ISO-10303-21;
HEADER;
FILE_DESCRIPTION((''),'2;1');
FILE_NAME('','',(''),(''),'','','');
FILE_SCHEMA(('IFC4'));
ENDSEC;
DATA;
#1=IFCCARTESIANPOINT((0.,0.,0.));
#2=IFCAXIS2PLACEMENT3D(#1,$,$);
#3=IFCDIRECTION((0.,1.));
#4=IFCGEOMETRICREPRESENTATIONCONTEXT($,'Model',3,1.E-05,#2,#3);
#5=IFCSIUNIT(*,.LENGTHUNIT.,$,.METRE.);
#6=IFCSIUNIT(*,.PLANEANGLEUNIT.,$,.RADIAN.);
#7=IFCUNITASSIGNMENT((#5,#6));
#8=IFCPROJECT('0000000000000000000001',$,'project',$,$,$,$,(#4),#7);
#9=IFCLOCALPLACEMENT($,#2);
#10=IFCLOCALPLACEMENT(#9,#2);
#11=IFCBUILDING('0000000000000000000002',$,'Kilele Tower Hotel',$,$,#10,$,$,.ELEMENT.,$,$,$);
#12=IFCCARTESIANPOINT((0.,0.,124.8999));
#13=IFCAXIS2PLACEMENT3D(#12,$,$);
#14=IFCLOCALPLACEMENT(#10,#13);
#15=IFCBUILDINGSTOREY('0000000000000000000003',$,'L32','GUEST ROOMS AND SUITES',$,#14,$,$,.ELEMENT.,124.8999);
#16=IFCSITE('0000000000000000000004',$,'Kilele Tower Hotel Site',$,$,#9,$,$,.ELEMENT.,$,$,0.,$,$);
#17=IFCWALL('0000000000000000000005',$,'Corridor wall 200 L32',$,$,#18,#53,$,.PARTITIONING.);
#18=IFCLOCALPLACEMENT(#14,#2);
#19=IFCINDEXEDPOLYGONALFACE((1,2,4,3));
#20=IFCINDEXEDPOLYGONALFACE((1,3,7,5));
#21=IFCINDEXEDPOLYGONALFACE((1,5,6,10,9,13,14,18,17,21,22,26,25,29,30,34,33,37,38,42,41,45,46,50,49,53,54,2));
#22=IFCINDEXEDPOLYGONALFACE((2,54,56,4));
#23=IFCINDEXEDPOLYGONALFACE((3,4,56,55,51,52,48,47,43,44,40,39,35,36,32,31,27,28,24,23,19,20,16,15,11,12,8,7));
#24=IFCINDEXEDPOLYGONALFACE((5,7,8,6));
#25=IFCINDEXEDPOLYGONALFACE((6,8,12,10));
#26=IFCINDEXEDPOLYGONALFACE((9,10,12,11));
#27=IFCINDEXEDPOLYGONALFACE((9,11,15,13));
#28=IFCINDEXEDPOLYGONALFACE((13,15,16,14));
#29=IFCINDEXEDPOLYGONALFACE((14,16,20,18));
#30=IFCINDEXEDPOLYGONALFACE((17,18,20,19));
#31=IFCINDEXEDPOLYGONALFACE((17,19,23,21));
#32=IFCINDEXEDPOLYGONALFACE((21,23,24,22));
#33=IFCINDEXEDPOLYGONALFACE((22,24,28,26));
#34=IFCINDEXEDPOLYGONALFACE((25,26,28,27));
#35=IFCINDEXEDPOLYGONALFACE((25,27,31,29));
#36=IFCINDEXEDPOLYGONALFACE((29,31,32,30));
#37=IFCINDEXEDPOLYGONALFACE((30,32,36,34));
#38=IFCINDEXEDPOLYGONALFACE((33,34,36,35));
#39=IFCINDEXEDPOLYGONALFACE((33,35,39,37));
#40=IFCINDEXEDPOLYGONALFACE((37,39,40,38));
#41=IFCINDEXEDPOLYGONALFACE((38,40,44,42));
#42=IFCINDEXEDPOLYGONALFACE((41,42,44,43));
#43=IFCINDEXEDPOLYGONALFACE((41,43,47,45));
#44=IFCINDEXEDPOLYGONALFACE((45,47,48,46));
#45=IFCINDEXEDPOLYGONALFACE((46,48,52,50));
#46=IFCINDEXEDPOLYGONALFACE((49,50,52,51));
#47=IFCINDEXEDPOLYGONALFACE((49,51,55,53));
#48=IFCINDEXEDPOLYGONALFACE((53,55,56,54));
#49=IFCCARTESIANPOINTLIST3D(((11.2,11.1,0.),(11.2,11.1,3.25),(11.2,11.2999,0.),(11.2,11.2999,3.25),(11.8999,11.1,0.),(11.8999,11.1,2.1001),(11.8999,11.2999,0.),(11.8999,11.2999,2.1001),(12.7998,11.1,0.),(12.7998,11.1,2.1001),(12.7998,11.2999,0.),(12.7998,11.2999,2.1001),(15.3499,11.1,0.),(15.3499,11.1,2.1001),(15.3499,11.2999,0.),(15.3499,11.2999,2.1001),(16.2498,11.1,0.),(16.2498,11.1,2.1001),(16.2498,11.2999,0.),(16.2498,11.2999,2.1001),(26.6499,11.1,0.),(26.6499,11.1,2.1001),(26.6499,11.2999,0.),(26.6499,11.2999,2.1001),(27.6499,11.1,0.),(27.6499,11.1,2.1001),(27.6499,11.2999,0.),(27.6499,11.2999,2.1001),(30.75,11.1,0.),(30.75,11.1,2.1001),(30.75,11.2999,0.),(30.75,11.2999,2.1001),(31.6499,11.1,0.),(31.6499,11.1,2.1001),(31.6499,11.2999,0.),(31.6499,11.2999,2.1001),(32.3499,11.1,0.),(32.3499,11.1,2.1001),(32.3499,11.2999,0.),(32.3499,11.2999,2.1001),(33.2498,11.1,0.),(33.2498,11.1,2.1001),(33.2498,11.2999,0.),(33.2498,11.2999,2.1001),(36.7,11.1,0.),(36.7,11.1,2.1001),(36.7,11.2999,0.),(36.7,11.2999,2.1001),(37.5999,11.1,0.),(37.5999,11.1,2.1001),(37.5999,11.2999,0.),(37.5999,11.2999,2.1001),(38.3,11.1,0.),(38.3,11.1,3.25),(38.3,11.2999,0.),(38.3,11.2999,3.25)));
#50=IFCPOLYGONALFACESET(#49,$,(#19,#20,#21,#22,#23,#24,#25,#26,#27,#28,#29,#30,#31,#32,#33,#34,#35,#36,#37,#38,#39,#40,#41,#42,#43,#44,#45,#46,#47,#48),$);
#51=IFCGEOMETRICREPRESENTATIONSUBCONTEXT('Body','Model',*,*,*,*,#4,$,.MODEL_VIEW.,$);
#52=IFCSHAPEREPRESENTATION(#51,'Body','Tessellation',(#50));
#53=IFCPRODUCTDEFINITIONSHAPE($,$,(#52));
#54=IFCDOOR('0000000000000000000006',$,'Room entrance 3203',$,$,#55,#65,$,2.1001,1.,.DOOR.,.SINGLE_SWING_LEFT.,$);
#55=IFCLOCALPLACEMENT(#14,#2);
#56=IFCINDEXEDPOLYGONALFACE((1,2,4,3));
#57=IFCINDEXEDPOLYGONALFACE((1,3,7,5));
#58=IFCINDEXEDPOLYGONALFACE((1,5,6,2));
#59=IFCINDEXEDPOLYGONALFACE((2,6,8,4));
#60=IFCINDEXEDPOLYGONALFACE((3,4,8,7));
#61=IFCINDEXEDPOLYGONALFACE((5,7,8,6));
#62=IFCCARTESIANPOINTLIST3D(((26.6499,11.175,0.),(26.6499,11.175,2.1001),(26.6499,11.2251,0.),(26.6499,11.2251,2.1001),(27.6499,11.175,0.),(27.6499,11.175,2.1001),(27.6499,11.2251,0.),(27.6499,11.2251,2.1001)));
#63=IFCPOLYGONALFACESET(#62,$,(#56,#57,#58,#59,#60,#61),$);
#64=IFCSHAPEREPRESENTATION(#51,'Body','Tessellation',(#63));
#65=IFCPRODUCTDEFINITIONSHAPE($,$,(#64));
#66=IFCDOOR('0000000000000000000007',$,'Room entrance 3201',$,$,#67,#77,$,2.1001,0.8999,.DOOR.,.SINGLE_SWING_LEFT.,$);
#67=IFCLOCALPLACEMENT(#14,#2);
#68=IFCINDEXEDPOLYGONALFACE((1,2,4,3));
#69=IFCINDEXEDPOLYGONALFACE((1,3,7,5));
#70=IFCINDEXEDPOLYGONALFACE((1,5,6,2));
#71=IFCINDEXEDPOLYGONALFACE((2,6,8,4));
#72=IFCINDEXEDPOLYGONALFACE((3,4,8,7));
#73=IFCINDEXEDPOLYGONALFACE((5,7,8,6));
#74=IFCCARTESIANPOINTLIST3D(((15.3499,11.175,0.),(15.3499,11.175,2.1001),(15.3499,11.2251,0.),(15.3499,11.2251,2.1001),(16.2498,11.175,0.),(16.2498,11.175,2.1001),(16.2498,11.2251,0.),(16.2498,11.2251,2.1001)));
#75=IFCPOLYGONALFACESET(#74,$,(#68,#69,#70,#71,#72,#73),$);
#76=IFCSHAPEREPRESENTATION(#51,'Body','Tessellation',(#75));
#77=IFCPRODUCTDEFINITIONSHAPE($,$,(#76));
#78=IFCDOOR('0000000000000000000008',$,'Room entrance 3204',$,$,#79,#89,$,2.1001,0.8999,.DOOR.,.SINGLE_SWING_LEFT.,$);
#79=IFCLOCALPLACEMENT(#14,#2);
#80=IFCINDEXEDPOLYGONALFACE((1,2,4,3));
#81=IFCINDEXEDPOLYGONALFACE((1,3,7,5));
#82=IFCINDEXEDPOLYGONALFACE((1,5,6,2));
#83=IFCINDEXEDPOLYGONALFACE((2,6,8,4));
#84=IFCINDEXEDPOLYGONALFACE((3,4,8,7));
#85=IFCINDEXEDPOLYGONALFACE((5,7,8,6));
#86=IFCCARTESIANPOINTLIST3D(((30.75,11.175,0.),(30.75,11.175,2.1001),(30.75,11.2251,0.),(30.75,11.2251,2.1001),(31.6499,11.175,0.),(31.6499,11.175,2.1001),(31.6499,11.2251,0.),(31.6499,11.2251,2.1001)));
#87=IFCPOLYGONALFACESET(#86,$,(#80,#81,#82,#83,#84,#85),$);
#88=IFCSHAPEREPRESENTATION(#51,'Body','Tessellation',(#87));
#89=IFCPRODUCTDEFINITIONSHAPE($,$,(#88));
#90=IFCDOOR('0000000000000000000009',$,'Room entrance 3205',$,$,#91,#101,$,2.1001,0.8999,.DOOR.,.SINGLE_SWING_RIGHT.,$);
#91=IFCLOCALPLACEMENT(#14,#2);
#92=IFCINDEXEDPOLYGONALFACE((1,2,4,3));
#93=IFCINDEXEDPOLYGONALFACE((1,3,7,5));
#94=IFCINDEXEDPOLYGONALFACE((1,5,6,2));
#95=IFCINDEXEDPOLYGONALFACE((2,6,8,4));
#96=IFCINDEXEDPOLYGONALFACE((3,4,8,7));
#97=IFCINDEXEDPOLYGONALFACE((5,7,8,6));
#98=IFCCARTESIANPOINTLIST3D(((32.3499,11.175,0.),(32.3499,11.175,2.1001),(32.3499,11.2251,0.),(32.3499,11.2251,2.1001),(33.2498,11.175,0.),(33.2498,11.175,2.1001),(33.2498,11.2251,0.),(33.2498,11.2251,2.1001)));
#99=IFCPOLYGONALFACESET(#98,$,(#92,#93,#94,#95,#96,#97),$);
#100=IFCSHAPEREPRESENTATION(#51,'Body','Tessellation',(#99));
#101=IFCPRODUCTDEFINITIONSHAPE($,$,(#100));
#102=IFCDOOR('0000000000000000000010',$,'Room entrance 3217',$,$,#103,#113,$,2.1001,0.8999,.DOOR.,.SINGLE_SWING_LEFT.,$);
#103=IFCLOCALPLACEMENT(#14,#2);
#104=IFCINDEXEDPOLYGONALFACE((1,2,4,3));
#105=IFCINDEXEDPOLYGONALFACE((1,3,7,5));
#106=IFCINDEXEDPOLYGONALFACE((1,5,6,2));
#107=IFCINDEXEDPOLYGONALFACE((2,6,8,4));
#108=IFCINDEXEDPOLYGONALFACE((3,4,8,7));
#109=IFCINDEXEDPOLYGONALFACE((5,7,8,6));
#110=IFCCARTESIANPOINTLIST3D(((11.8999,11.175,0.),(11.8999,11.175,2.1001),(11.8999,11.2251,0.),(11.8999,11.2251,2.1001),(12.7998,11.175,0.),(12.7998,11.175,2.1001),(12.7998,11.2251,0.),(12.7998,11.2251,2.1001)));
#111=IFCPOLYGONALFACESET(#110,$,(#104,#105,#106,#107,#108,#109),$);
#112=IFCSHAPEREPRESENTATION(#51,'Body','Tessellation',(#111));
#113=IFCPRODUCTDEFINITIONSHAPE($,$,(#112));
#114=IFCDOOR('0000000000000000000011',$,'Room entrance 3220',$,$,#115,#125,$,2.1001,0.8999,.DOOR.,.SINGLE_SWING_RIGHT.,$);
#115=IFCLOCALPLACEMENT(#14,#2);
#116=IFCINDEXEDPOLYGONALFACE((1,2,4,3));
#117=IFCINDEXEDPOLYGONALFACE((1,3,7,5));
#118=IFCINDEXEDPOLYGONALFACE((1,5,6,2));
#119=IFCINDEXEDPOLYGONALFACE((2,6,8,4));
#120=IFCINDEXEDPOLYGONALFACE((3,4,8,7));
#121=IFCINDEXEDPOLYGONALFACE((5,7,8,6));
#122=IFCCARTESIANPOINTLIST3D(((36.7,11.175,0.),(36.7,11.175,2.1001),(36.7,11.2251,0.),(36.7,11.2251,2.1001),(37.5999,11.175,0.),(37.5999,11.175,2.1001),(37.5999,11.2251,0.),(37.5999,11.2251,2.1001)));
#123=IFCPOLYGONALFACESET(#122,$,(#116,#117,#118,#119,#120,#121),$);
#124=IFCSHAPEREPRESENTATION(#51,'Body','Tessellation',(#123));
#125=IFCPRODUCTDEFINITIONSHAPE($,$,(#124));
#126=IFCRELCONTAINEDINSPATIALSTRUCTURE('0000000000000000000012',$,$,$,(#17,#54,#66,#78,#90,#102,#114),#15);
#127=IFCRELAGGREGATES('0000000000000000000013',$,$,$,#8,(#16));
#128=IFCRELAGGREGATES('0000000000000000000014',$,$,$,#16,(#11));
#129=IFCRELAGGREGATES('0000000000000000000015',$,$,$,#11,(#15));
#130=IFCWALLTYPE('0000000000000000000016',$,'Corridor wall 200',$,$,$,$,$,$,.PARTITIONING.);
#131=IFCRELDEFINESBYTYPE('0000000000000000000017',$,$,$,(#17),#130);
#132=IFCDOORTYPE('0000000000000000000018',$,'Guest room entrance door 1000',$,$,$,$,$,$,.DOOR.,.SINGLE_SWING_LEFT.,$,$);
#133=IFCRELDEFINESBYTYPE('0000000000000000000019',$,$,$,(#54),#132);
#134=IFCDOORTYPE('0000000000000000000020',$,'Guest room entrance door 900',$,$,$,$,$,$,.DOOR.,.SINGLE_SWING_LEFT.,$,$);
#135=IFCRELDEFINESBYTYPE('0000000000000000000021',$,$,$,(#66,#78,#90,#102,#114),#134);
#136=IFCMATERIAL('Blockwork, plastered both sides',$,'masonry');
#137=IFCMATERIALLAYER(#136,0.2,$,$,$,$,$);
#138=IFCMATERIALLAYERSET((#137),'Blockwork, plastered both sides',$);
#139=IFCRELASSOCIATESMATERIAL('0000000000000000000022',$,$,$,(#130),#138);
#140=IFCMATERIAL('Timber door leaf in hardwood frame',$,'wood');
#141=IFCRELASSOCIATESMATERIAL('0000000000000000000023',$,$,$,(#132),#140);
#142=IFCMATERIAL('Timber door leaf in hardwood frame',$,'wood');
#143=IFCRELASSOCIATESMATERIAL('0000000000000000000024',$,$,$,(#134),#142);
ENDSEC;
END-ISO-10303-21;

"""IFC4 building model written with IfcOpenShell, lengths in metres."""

from ifc_helpers import new_model, si_unit, direction, frame, frame_2d, origin, place, context, subcontext, project, spatial, rectangle, extrude, material, layer, layer_set, type_object, element, fill, save


model = new_model("IFC4")

# Units and contexts
model_context = context("Model", 3, precision=1e-05, world=origin(), true_north=direction((0.0, 1.0)))
body_context = subcontext(model_context, "Body", "Model", "MODEL_VIEW")
ifc_project = project(units=[si_unit("LENGTHUNIT", "METRE"), si_unit("PLANEANGLEUNIT", "RADIAN")], contexts=[model_context])

# Site, building, storey
site_placement = place(None, origin())
site = spatial("IfcSite", under=ifc_project, at=site_placement, Name="Kilele Tower Hotel Site", CompositionType="ELEMENT", RefElevation=0.0)
building_placement = place(site_placement, origin())
building = spatial("IfcBuilding", under=site, at=building_placement, Name="Kilele Tower Hotel", CompositionType="ELEMENT")
storey_placement = place(building_placement, frame((0.0, 0.0, 124.8999)))
storey = spatial("IfcBuildingStorey", under=building, at=storey_placement, Name="L32", Description="GUEST ROOMS AND SUITES", CompositionType="ELEMENT", Elevation=124.8999)

# Wall, openings, doors
ifc_material_1 = material(Name="Blockwork, plastered both sides", Category="masonry")
ifc_layer_1 = layer(ifc_material_1, 0.2)
ifc_layer_set_1 = layer_set([ifc_layer_1], Name="Blockwork, plastered both sides")
wall_type_1 = type_object("IfcWallType", Name="Corridor wall 200", PredefinedType="PARTITIONING", material=ifc_layer_set_1)
wall_1_placement = place(storey_placement, frame((11.2, 11.2, 0.0), z_axis=(0.0, 0.0, 1.0), x_axis=(1.0, 0.0, 0.0)))
wall_1 = element("IfcWall", 1, at=wall_1_placement, inside=storey, type_object=wall_type_1, Name="Corridor wall 200 L32", PredefinedType="PARTITIONING", context=body_context, shape_type="SweptSolid", body=[
    extrude(rectangle(XDim=27.1001, YDim=0.2, at=frame_2d((13.55, 0.0))), origin(), (0.0, 0.0, 1.0), 3.25),
])
opening_1_placement = place(wall_1_placement, frame((5.0498, 0.0, 0.0), z_axis=(0.0, 0.0, 1.0), x_axis=(-1.0, 0.0, 0.0)))
opening_1 = element("IfcOpeningElement", 2, at=opening_1_placement, cuts=wall_1, PredefinedType="OPENING", context=body_context, shape_type="SweptSolid", body=[
    extrude(rectangle(XDim=0.8999, YDim=2.1001, at=frame_2d((0.45, 1.05))), frame((0.0, 0.1099, 0.0), z_axis=(0.0, -1.0, 0.0), x_axis=(1.0, 0.0, 0.0)), (0.0, 0.0, 1.0), 0.22),
])
opening_2_placement = place(wall_1_placement, frame((16.45, 0.0, 0.0), z_axis=(0.0, 0.0, 1.0), x_axis=(-1.0, 0.0, 0.0)))
opening_2 = element("IfcOpeningElement", 3, at=opening_2_placement, cuts=wall_1, PredefinedType="OPENING", context=body_context, shape_type="SweptSolid", body=[
    extrude(rectangle(XDim=1.0, YDim=2.1001, at=frame_2d((0.5, 1.05))), frame((0.0, 0.1099, 0.0), z_axis=(0.0, -1.0, 0.0), x_axis=(1.0, 0.0, 0.0)), (0.0, 0.0, 1.0), 0.22),
])
opening_3_placement = place(wall_1_placement, frame((20.45, 0.0, 0.0), z_axis=(0.0, 0.0, 1.0), x_axis=(-1.0, 0.0, 0.0)))
opening_3 = element("IfcOpeningElement", 4, at=opening_3_placement, cuts=wall_1, PredefinedType="OPENING", context=body_context, shape_type="SweptSolid", body=[
    extrude(rectangle(XDim=0.8999, YDim=2.1001, at=frame_2d((0.45, 1.05))), frame((0.0, 0.1099, 0.0), z_axis=(0.0, -1.0, 0.0), x_axis=(1.0, 0.0, 0.0)), (0.0, 0.0, 1.0), 0.22),
])
opening_4_placement = place(wall_1_placement, frame((22.0498, 0.0, 0.0), z_axis=(0.0, 0.0, 1.0), x_axis=(-1.0, 0.0, 0.0)))
opening_4 = element("IfcOpeningElement", 5, at=opening_4_placement, cuts=wall_1, PredefinedType="OPENING", context=body_context, shape_type="SweptSolid", body=[
    extrude(rectangle(XDim=0.8999, YDim=2.1001, at=frame_2d((0.45, 1.05))), frame((0.0, 0.1099, 0.0), z_axis=(0.0, -1.0, 0.0), x_axis=(1.0, 0.0, 0.0)), (0.0, 0.0, 1.0), 0.22),
])
opening_5_placement = place(wall_1_placement, frame((1.5999, 0.0, 0.0), z_axis=(0.0, 0.0, 1.0), x_axis=(-1.0, 0.0, 0.0)))
opening_5 = element("IfcOpeningElement", 6, at=opening_5_placement, cuts=wall_1, PredefinedType="OPENING", context=body_context, shape_type="SweptSolid", body=[
    extrude(rectangle(XDim=0.8999, YDim=2.1001, at=frame_2d((0.45, 1.05))), frame((0.0, 0.1099, 0.0), z_axis=(0.0, -1.0, 0.0), x_axis=(1.0, 0.0, 0.0)), (0.0, 0.0, 1.0), 0.22),
])
opening_6_placement = place(wall_1_placement, frame((26.3999, 0.0, 0.0), z_axis=(0.0, 0.0, 1.0), x_axis=(-1.0, 0.0, 0.0)))
opening_6 = element("IfcOpeningElement", 7, at=opening_6_placement, cuts=wall_1, PredefinedType="OPENING", context=body_context, shape_type="SweptSolid", body=[
    extrude(rectangle(XDim=0.8999, YDim=2.1001, at=frame_2d((0.45, 1.05))), frame((0.0, 0.1099, 0.0), z_axis=(0.0, -1.0, 0.0), x_axis=(1.0, 0.0, 0.0)), (0.0, 0.0, 1.0), 0.22),
])
ifc_material_2 = material(Name="Timber door leaf in hardwood frame", Category="wood")
door_type_1 = type_object("IfcDoorType", Name="Guest room entrance door 1000", OperationType="SINGLE_SWING_LEFT", PredefinedType="DOOR", material=ifc_material_2)
door_1_placement = place(opening_2_placement, origin())
door_1 = element("IfcDoor", 8, at=door_1_placement, inside=storey, type_object=door_type_1, Name="Room entrance 3203", OperationType="SINGLE_SWING_LEFT", OverallHeight=2.1001, OverallWidth=1.0, PredefinedType="DOOR", context=body_context, shape_type="SweptSolid", body=[
    extrude(rectangle(XDim=1.0, YDim=2.1001, at=frame_2d((0.5, 1.05))), frame((0.0, 0.0249, 0.0), z_axis=(0.0, -1.0, 0.0), x_axis=(1.0, 0.0, 0.0)), (0.0, 0.0, 1.0), 0.05),
])
fill(opening_2, door_1)
ifc_material_3 = material(Name="Timber door leaf in hardwood frame", Category="wood")
door_type_2 = type_object("IfcDoorType", Name="Guest room entrance door 900", OperationType="SINGLE_SWING_LEFT", PredefinedType="DOOR", material=ifc_material_3)
door_2_placement = place(opening_1_placement, origin())
door_2 = element("IfcDoor", 9, at=door_2_placement, inside=storey, type_object=door_type_2, Name="Room entrance 3201", OperationType="SINGLE_SWING_LEFT", OverallHeight=2.1001, OverallWidth=0.8999, PredefinedType="DOOR", context=body_context, shape_type="SweptSolid", body=[
    extrude(rectangle(XDim=0.8999, YDim=2.1001, at=frame_2d((0.45, 1.05))), frame((0.0, 0.0249, 0.0), z_axis=(0.0, -1.0, 0.0), x_axis=(1.0, 0.0, 0.0)), (0.0, 0.0, 1.0), 0.05),
])
fill(opening_1, door_2)
door_3_placement = place(opening_3_placement, origin())
door_3 = element("IfcDoor", 10, at=door_3_placement, inside=storey, type_object=door_type_2, Name="Room entrance 3204", OperationType="SINGLE_SWING_LEFT", OverallHeight=2.1001, OverallWidth=0.8999, PredefinedType="DOOR", context=body_context, shape_type="SweptSolid", body=[
    extrude(rectangle(XDim=0.8999, YDim=2.1001, at=frame_2d((0.45, 1.05))), frame((0.0, 0.0249, 0.0), z_axis=(0.0, -1.0, 0.0), x_axis=(1.0, 0.0, 0.0)), (0.0, 0.0, 1.0), 0.05),
])
fill(opening_3, door_3)
door_4_placement = place(opening_4_placement, origin())
door_4 = element("IfcDoor", 11, at=door_4_placement, inside=storey, type_object=door_type_2, Name="Room entrance 3205", OperationType="SINGLE_SWING_RIGHT", OverallHeight=2.1001, OverallWidth=0.8999, PredefinedType="DOOR", context=body_context, shape_type="SweptSolid", body=[
    extrude(rectangle(XDim=0.8999, YDim=2.1001, at=frame_2d((0.45, 1.05))), frame((0.0, 0.0249, 0.0), z_axis=(0.0, -1.0, 0.0), x_axis=(1.0, 0.0, 0.0)), (0.0, 0.0, 1.0), 0.05),
])
fill(opening_4, door_4)
door_5_placement = place(opening_5_placement, origin())
door_5 = element("IfcDoor", 12, at=door_5_placement, inside=storey, type_object=door_type_2, Name="Room entrance 3217", OperationType="SINGLE_SWING_LEFT", OverallHeight=2.1001, OverallWidth=0.8999, PredefinedType="DOOR", context=body_context, shape_type="SweptSolid", body=[
    extrude(rectangle(XDim=0.8999, YDim=2.1001, at=frame_2d((0.45, 1.05))), frame((0.0, 0.0249, 0.0), z_axis=(0.0, -1.0, 0.0), x_axis=(1.0, 0.0, 0.0)), (0.0, 0.0, 1.0), 0.05),
])
fill(opening_5, door_5)
door_6_placement = place(opening_6_placement, origin())
door_6 = element("IfcDoor", 13, at=door_6_placement, inside=storey, type_object=door_type_2, Name="Room entrance 3220", OperationType="SINGLE_SWING_RIGHT", OverallHeight=2.1001, OverallWidth=0.8999, PredefinedType="DOOR", context=body_context, shape_type="SweptSolid", body=[
    extrude(rectangle(XDim=0.8999, YDim=2.1001, at=frame_2d((0.45, 1.05))), frame((0.0, 0.0249, 0.0), z_axis=(0.0, -1.0, 0.0), x_axis=(1.0, 0.0, 0.0)), (0.0, 0.0, 1.0), 0.05),
])
fill(opening_6, door_6)

save(model, "model.ifc")
